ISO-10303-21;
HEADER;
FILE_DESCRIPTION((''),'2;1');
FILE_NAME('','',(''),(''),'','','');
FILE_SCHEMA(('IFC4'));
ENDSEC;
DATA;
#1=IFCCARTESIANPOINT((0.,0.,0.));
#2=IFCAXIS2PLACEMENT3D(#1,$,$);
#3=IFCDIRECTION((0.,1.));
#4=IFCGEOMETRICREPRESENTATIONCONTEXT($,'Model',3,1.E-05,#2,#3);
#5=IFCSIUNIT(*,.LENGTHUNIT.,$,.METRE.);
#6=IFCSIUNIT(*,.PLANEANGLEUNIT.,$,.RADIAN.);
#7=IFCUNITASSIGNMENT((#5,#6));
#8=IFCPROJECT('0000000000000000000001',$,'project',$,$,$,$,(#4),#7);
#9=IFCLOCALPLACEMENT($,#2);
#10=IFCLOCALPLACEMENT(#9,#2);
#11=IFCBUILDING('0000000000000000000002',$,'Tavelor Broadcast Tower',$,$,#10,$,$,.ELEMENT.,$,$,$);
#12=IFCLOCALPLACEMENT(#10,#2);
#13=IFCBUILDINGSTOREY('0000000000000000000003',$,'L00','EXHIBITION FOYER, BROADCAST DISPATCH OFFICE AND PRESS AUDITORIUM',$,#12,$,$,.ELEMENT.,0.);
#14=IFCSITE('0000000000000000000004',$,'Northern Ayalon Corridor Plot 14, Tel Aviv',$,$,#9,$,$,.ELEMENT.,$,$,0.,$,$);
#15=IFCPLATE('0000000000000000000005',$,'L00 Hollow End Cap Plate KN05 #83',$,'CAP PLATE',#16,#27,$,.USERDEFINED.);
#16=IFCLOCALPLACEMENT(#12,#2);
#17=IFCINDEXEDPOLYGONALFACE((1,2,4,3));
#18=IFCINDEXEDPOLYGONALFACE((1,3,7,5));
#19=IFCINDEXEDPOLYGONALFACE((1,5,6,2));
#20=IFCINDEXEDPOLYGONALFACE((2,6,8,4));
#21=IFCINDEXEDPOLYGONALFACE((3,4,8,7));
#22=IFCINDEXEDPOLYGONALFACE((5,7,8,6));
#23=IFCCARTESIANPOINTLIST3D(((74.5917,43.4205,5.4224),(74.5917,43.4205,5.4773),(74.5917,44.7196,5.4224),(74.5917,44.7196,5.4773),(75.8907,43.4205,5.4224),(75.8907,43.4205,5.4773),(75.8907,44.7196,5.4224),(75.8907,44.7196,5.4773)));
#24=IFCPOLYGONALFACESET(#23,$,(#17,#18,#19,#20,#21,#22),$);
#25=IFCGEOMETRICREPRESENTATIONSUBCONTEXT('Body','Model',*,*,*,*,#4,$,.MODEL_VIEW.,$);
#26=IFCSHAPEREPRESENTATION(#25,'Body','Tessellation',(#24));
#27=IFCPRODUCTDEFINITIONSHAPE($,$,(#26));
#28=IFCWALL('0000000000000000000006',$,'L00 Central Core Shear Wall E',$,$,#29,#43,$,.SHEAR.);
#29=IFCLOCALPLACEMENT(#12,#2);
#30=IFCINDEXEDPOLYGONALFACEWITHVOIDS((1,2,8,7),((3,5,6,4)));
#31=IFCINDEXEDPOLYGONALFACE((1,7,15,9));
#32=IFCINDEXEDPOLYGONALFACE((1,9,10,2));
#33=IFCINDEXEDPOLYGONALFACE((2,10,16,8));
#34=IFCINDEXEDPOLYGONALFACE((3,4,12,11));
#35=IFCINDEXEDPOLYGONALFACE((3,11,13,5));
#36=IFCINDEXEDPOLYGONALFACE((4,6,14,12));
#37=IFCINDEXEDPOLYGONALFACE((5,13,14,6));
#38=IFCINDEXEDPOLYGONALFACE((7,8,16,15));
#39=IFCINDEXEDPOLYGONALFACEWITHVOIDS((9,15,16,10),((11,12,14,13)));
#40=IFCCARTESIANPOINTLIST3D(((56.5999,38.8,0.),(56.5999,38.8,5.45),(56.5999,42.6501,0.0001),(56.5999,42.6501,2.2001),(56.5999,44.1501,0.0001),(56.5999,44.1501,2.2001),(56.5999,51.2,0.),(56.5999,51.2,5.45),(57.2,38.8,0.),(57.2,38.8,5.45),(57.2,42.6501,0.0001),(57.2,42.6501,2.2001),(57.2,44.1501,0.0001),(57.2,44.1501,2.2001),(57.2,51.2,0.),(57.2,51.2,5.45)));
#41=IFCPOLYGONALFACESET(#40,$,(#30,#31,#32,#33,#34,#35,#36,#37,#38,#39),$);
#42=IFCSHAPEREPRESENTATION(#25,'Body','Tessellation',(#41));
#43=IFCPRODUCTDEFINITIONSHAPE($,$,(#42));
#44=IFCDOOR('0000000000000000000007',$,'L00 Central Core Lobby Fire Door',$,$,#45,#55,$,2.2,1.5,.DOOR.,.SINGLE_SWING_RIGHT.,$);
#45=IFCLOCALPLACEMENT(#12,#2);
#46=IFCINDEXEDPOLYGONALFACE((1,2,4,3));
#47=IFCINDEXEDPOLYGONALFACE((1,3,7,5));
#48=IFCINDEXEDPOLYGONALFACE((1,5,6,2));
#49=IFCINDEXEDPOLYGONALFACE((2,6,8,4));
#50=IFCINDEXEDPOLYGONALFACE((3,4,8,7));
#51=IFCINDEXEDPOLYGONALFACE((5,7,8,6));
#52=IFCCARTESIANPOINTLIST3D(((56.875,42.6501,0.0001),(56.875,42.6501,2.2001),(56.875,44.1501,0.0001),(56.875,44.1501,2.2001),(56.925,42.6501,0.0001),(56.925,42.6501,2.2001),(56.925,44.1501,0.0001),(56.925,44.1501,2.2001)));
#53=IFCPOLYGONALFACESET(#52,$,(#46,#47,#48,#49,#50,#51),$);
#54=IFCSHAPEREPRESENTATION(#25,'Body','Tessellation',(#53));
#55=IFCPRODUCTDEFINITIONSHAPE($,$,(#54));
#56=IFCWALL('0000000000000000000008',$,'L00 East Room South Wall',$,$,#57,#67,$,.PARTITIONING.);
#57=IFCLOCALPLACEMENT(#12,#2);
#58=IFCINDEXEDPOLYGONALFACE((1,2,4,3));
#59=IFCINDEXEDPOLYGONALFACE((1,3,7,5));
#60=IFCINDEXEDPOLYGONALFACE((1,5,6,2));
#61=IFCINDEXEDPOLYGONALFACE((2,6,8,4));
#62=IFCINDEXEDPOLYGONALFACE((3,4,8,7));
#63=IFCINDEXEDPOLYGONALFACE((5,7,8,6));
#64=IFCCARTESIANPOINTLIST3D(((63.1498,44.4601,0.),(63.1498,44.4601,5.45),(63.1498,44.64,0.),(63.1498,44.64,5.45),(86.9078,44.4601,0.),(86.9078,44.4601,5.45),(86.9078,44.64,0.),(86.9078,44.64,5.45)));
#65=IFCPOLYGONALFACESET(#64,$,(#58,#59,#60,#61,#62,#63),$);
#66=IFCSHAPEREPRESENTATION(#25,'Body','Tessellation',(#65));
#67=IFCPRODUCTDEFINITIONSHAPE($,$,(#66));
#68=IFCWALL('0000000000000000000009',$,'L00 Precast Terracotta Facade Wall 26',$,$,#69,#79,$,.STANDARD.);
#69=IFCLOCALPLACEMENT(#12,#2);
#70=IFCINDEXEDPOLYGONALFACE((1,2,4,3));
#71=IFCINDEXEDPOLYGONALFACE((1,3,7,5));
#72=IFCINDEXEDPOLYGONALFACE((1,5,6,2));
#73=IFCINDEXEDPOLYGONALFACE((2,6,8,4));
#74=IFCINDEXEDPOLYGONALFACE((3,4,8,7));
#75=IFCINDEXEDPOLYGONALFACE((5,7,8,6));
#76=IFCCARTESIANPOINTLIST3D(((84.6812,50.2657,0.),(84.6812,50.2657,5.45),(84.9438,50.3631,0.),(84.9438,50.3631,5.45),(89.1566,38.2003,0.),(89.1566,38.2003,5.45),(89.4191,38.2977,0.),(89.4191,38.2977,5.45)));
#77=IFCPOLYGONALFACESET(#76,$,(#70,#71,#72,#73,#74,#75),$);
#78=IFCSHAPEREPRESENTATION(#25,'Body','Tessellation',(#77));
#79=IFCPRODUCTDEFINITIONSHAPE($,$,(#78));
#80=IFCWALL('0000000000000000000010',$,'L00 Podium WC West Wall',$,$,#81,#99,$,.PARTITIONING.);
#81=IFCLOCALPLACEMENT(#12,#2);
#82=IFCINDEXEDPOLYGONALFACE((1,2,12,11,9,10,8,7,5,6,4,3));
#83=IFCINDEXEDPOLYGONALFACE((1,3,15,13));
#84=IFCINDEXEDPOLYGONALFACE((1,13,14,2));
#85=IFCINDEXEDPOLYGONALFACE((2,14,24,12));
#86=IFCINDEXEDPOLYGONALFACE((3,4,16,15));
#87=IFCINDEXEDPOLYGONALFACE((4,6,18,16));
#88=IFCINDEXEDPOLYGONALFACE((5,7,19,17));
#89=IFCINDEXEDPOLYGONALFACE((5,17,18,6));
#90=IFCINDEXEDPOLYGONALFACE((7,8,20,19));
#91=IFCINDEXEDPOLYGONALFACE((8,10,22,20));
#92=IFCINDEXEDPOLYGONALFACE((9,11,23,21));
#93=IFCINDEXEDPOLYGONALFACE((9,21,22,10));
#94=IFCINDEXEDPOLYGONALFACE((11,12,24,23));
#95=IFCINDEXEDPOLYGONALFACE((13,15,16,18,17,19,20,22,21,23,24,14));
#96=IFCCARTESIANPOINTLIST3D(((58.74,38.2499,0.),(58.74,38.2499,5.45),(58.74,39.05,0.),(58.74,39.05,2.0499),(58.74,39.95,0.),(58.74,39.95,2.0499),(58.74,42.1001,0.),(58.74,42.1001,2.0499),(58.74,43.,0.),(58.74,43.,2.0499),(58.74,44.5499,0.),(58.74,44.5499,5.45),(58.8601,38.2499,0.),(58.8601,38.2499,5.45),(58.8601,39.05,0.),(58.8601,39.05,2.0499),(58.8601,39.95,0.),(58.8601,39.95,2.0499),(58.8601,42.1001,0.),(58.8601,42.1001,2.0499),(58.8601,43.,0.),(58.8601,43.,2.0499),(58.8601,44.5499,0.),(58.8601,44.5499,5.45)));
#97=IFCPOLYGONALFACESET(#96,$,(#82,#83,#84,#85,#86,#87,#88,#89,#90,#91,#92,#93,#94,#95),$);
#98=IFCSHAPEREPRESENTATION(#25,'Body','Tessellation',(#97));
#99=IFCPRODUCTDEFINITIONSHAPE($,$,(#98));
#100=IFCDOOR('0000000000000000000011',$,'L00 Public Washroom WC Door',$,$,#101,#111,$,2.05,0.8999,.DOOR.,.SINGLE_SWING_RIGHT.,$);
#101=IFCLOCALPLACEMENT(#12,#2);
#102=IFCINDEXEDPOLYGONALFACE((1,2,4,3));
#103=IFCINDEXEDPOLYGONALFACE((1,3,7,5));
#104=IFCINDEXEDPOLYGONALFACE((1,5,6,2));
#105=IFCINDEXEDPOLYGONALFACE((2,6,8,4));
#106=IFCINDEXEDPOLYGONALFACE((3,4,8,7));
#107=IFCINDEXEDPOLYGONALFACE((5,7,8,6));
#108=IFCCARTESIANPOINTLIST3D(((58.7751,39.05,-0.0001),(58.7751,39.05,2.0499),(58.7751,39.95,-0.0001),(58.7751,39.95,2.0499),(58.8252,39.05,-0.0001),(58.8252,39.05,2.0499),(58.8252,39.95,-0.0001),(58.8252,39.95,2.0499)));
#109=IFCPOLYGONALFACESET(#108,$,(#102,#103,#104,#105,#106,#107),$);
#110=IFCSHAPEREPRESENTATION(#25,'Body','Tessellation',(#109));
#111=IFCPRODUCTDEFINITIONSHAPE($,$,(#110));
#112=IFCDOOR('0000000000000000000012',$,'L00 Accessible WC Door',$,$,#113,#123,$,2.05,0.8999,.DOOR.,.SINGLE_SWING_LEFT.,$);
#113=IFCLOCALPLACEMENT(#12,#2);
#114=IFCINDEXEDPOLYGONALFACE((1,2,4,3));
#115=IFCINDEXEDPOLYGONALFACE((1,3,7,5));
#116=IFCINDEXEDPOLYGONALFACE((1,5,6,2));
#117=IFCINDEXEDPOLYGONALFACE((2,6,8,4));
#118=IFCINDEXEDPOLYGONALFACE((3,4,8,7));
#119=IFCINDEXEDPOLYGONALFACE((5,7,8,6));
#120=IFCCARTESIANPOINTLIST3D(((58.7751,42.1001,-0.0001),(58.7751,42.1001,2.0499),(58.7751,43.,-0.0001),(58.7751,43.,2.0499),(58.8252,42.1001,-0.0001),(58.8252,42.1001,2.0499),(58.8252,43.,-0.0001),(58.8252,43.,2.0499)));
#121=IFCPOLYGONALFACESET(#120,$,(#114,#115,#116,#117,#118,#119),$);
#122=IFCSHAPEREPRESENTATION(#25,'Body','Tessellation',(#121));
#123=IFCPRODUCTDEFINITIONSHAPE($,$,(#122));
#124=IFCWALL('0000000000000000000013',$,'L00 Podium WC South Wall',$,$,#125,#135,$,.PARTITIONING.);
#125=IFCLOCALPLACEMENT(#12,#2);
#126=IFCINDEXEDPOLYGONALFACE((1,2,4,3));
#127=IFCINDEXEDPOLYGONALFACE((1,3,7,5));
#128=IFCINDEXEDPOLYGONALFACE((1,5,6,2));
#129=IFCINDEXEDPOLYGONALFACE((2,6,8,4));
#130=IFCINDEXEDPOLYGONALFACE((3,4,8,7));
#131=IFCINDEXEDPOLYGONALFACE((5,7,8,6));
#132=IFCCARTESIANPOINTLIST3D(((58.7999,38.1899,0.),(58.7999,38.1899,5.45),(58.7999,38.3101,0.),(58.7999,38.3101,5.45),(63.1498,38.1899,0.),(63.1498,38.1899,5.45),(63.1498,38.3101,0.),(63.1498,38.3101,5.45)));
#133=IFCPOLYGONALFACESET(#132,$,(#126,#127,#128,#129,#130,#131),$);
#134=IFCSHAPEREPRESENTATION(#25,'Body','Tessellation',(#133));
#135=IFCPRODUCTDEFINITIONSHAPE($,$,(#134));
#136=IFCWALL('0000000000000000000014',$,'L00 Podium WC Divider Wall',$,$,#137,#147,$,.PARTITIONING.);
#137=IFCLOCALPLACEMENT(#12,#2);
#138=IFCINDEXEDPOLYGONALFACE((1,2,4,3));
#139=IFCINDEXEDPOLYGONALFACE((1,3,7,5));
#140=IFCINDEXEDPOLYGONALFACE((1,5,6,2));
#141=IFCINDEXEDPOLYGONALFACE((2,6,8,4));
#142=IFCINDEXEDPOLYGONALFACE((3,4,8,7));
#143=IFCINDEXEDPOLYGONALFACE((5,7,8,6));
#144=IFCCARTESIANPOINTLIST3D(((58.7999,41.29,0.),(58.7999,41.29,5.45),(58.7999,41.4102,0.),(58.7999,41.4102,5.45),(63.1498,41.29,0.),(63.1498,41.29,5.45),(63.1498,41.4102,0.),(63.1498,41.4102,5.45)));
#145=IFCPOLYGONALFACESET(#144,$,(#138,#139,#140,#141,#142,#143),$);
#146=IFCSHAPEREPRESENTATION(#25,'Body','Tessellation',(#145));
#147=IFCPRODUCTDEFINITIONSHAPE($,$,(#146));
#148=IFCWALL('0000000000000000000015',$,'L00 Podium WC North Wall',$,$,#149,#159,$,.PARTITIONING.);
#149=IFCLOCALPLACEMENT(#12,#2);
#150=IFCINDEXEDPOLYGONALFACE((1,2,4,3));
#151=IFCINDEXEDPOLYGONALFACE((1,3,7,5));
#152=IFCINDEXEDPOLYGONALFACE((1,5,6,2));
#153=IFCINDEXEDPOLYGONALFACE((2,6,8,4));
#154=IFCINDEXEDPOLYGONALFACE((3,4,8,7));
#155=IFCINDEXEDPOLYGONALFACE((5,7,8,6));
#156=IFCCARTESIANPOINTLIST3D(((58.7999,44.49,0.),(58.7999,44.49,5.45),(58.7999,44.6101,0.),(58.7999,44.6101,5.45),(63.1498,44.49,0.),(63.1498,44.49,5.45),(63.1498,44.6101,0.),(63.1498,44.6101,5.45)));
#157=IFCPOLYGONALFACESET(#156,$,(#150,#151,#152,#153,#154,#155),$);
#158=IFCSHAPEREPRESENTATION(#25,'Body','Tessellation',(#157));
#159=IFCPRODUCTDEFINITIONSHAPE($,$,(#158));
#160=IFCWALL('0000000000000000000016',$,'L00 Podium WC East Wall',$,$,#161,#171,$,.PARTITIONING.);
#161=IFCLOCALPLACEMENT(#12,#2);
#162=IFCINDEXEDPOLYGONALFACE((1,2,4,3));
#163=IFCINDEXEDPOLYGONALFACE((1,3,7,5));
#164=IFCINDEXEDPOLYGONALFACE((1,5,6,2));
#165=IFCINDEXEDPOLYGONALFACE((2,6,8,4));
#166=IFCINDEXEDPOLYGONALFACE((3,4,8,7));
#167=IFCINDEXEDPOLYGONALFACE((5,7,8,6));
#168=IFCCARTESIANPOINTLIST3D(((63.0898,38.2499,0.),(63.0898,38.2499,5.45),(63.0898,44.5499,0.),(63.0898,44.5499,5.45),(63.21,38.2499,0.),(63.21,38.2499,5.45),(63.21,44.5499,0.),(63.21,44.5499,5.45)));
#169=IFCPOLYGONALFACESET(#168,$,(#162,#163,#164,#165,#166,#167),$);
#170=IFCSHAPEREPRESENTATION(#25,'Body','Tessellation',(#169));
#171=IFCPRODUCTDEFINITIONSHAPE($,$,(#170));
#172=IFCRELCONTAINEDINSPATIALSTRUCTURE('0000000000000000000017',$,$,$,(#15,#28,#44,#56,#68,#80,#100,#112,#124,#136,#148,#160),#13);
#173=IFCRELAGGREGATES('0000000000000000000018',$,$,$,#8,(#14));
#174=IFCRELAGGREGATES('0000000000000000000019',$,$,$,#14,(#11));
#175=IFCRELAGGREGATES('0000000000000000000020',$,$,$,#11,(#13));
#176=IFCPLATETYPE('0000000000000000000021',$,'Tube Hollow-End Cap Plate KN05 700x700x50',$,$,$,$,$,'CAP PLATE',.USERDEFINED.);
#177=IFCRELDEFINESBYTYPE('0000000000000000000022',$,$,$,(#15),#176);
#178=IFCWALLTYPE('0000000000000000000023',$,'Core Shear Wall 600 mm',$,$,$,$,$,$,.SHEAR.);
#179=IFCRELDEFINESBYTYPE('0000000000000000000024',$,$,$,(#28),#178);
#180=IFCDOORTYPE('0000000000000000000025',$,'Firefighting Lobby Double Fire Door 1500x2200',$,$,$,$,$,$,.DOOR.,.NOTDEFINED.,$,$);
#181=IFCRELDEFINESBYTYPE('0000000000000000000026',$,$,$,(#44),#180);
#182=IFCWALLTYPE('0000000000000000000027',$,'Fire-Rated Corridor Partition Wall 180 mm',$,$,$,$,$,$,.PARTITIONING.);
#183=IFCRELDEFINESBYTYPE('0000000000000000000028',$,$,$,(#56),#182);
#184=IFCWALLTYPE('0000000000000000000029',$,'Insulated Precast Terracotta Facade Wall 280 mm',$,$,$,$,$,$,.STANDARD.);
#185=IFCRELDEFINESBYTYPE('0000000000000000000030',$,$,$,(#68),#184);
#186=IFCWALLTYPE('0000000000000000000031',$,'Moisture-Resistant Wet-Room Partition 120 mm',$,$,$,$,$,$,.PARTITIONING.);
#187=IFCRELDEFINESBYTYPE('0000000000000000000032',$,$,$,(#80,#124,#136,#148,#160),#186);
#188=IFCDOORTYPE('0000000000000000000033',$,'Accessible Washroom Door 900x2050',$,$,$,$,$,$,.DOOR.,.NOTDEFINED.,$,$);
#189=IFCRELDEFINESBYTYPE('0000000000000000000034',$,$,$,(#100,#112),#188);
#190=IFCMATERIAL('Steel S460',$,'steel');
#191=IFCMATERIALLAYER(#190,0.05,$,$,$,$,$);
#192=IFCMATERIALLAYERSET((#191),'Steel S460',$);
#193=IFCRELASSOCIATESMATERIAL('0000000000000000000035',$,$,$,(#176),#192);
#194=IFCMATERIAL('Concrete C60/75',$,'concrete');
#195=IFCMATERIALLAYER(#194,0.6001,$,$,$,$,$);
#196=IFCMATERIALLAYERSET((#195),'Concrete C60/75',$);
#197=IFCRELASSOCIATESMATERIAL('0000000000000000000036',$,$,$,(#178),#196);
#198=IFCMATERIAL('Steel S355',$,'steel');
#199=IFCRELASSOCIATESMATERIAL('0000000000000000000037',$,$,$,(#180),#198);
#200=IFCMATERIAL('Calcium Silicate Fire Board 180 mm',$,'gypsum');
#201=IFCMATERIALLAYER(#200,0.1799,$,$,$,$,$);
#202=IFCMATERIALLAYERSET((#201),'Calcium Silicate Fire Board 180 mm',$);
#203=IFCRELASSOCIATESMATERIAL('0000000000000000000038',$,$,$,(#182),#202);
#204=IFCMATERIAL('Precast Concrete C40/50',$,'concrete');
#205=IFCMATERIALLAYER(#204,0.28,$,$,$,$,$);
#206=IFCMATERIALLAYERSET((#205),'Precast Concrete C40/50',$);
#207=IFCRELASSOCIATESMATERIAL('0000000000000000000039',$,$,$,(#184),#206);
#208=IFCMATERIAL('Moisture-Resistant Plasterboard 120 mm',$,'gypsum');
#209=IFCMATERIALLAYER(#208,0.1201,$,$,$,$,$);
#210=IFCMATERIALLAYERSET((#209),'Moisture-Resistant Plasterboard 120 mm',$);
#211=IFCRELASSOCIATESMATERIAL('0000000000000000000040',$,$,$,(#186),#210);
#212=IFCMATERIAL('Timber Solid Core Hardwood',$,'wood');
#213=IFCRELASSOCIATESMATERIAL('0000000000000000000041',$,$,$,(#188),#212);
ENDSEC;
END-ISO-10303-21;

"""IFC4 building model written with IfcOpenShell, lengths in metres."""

from ifc_helpers import new_model, si_unit, direction, frame, frame_2d, origin, origin_2d, place, context, subcontext, project, spatial, rectangle, extrude, source, transform, mapped, material, layer, layer_set, type_object, type_shapes, element, fill, save


model = new_model("IFC4")

# Units and contexts
model_context = context("Model", 3, precision=1e-05, world=origin(), true_north=direction((0.0, 1.0)))
body_context = subcontext(model_context, "Body", "Model", "MODEL_VIEW")
ifc_project = project(units=[si_unit("LENGTHUNIT", "METRE"), si_unit("PLANEANGLEUNIT", "RADIAN")], contexts=[model_context])

# Site, building, storey
site_placement = place(None, origin())
site = spatial("IfcSite", under=ifc_project, at=site_placement, Name="Northern Ayalon Corridor Plot 14, Tel Aviv", CompositionType="ELEMENT", RefElevation=0.0)
building_placement = place(site_placement, origin())
building = spatial("IfcBuilding", under=site, at=building_placement, Name="Tavelor Broadcast Tower", CompositionType="ELEMENT")
storey_placement = place(building_placement, origin())
storey = spatial("IfcBuildingStorey", under=building, at=storey_placement, Name="L00", Description="EXHIBITION FOYER, BROADCAST DISPATCH OFFICE AND PRESS AUDITORIUM", CompositionType="ELEMENT", Elevation=0.0)

# Shared definitions
ifc_material_1 = material(Name="Concrete C60/75", Category="concrete")
ifc_material_2 = material(Name="Steel S460", Category="steel")

# Shared definitions
ifc_material_3 = material(Name="Steel S355", Category="steel")

# Plate
ifc_layer_1 = layer(ifc_material_2, 0.05)
ifc_layer_set_1 = layer_set([ifc_layer_1], Name="Steel S460")
plate_type = type_object("IfcPlateType", Name="Tube Hollow-End Cap Plate KN05 700x700x50", ElementType="CAP PLATE", PredefinedType="USERDEFINED", material=ifc_layer_set_1)
shared_shape = source(origin(), body_context, "Body", "SweptSolid", [
    extrude(rectangle(XDim=1.2991, YDim=1.2991, at=origin_2d()), origin(), (0.0, 0.0, 1.0), 0.0549),
])
type_shapes(plate_type, [shared_shape])
for number, where, z_axis, x_axis, name in (
    (1, (75.2412, 44.0701, 5.4224), (0.0, 0.0, 1.0), (1.0, 0.0, 0.0), "L00 Hollow End Cap Plate KN05 #83"),
):
    element("IfcPlate", number, at=place(storey_placement, frame(where, z_axis=z_axis, x_axis=x_axis)), inside=storey, type_object=plate_type, Name=name, ObjectType="CAP PLATE", PredefinedType="USERDEFINED", context=body_context, shape_type="MappedRepresentation", body=[
        mapped(shared_shape, transform((0.0, 0.0, 0.0), scale=1.0)),
    ])

# Wall, opening, door
ifc_layer_2 = layer(ifc_material_1, 0.6001)
ifc_layer_set_2 = layer_set([ifc_layer_2], Name="Concrete C60/75")
wall_type_1 = type_object("IfcWallType", Name="Core Shear Wall 600 mm", PredefinedType="SHEAR", material=ifc_layer_set_2)
wall_1_placement = place(storey_placement, frame((56.8999, 38.8, 0.0), z_axis=(0.0, 0.0, 1.0), x_axis=(0.0, 1.0, 0.0)))
wall_1 = element("IfcWall", 2, at=wall_1_placement, inside=storey, type_object=wall_type_1, Name="L00 Central Core Shear Wall E", PredefinedType="SHEAR", context=body_context, shape_type="SweptSolid", body=[
    extrude(rectangle(XDim=12.3999, YDim=0.6001, at=frame_2d((6.2, 0.0))), origin(), (0.0, 0.0, 1.0), 5.45),
])
opening_1_placement = place(wall_1_placement, frame((3.8501, 0.0, 0.0)))
opening_1 = element("IfcOpeningElement", 3, at=opening_1_placement, cuts=wall_1, PredefinedType="OPENING", context=body_context, shape_type="SweptSolid", body=[
    extrude(rectangle(XDim=1.5, YDim=2.2, at=frame_2d((0.75, 1.1001))), frame((0.0, 0.3101, 0.0), z_axis=(0.0, -1.0, 0.0), x_axis=(1.0, 0.0, 0.0)), (0.0, 0.0, 1.0), 0.6201),
])
door_type_1 = type_object("IfcDoorType", Name="Firefighting Lobby Double Fire Door 1500x2200", OperationType="NOTDEFINED", PredefinedType="DOOR", material=ifc_material_3)
door_1_placement = place(opening_1_placement, origin())
door_1 = element("IfcDoor", 4, at=door_1_placement, inside=storey, type_object=door_type_1, Name="L00 Central Core Lobby Fire Door", OperationType="SINGLE_SWING_RIGHT", OverallHeight=2.2, OverallWidth=1.5, PredefinedType="DOOR", context=body_context, shape_type="SweptSolid", body=[
    extrude(rectangle(XDim=1.5, YDim=2.2, at=frame_2d((0.75, 1.1001))), frame((0.0, 0.0249, 0.0), z_axis=(0.0, -1.0, 0.0), x_axis=(1.0, 0.0, 0.0)), (0.0, 0.0, 1.0), 0.05),
])
fill(opening_1, door_1)

# Walls
ifc_material_4 = material(Name="Calcium Silicate Fire Board 180 mm", Category="gypsum")
ifc_layer_3 = layer(ifc_material_4, 0.1799)
ifc_layer_set_3 = layer_set([ifc_layer_3], Name="Calcium Silicate Fire Board 180 mm")
wall_type_2 = type_object("IfcWallType", Name="Fire-Rated Corridor Partition Wall 180 mm", PredefinedType="PARTITIONING", material=ifc_layer_set_3)
wall_2_placement = place(storey_placement, frame((63.1499, 44.55, 0.0), z_axis=(0.0, 0.0, 1.0), x_axis=(1.0, 0.0, 0.0)))
element("IfcWall", 5, at=wall_2_placement, inside=storey, type_object=wall_type_2, Name="L00 East Room South Wall", PredefinedType="PARTITIONING", context=body_context, shape_type="SweptSolid", body=[
    extrude(rectangle(XDim=23.7581, YDim=0.1799, at=frame_2d((11.8789, 0.0))), origin(), (0.0, 0.0, 1.0), 5.45),
])
ifc_material_5 = material(Name="Precast Concrete C40/50", Category="concrete")
ifc_layer_4 = layer(ifc_material_5, 0.28)
ifc_layer_set_4 = layer_set([ifc_layer_4], Name="Precast Concrete C40/50")
wall_type_3 = type_object("IfcWallType", Name="Insulated Precast Terracotta Facade Wall 280 mm", PredefinedType="STANDARD", material=ifc_layer_set_4)
wall_3_placement = place(storey_placement, frame((89.2878, 38.249, 0.0), z_axis=(0.0, 0.0, 1.0), x_axis=(-0.34777, 0.93758, 0.0)))
element("IfcWall", 6, at=wall_3_placement, inside=storey, type_object=wall_type_3, Name="L00 Precast Terracotta Facade Wall 26", PredefinedType="STANDARD", context=body_context, shape_type="SweptSolid", body=[
    extrude(rectangle(XDim=12.8687, YDim=0.28, at=frame_2d((6.4343, 0.0))), origin(), (0.0, 0.0, 1.0), 5.45),
])

# Wall, openings, doors
ifc_material_6 = material(Name="Moisture-Resistant Plasterboard 120 mm", Category="gypsum")
ifc_layer_5 = layer(ifc_material_6, 0.1201)
ifc_layer_set_5 = layer_set([ifc_layer_5], Name="Moisture-Resistant Plasterboard 120 mm")
wall_type_4 = type_object("IfcWallType", Name="Moisture-Resistant Wet-Room Partition 120 mm", PredefinedType="PARTITIONING", material=ifc_layer_set_5)
wall_4_placement = place(storey_placement, frame((58.8, 38.25, 0.0), z_axis=(0.0, 0.0, 1.0), x_axis=(0.0, 1.0, 0.0)))
wall_4 = element("IfcWall", 7, at=wall_4_placement, inside=storey, type_object=wall_type_4, Name="L00 Podium WC West Wall", PredefinedType="PARTITIONING", context=body_context, shape_type="SweptSolid", body=[
    extrude(rectangle(XDim=6.3, YDim=0.1201, at=frame_2d((3.1499, 0.0))), origin(), (0.0, 0.0, 1.0), 5.45),
])
opening_2_placement = place(wall_4_placement, frame((0.8, 0.0, 0.0)))
opening_2 = element("IfcOpeningElement", 8, at=opening_2_placement, cuts=wall_4, PredefinedType="OPENING", context=body_context, shape_type="SweptSolid", body=[
    extrude(rectangle(XDim=0.8999, YDim=2.05, at=frame_2d((0.45, 1.0249))), frame((0.0, 0.0701, 0.0), z_axis=(0.0, -1.0, 0.0), x_axis=(1.0, 0.0, 0.0)), (0.0, 0.0, 1.0), 0.1401),
])
opening_3_placement = place(wall_4_placement, frame((3.8501, 0.0, 0.0)))
opening_3 = element("IfcOpeningElement", 9, at=opening_3_placement, cuts=wall_4, PredefinedType="OPENING", context=body_context, shape_type="SweptSolid", body=[
    extrude(rectangle(XDim=0.8999, YDim=2.05, at=frame_2d((0.45, 1.0249))), frame((0.0, 0.0701, 0.0), z_axis=(0.0, -1.0, 0.0), x_axis=(1.0, 0.0, 0.0)), (0.0, 0.0, 1.0), 0.1401),
])
ifc_material_7 = material(Name="Timber Solid Core Hardwood", Category="wood")
door_type_2 = type_object("IfcDoorType", Name="Accessible Washroom Door 900x2050", OperationType="NOTDEFINED", PredefinedType="DOOR", material=ifc_material_7)
door_2_placement = place(opening_2_placement, origin())
door_2 = element("IfcDoor", 10, at=door_2_placement, inside=storey, type_object=door_type_2, Name="L00 Public Washroom WC Door", OperationType="SINGLE_SWING_RIGHT", OverallHeight=2.05, OverallWidth=0.8999, PredefinedType="DOOR", context=body_context, shape_type="SweptSolid", body=[
    extrude(rectangle(XDim=0.8999, YDim=2.05, at=frame_2d((0.45, 1.0249))), frame((0.0, 0.0249, 0.0), z_axis=(0.0, -1.0, 0.0), x_axis=(1.0, 0.0, 0.0)), (0.0, 0.0, 1.0), 0.05),
])
fill(opening_2, door_2)
door_3_placement = place(opening_3_placement, origin())
door_3 = element("IfcDoor", 11, at=door_3_placement, inside=storey, type_object=door_type_2, Name="L00 Accessible WC Door", OperationType="SINGLE_SWING_LEFT", OverallHeight=2.05, OverallWidth=0.8999, PredefinedType="DOOR", context=body_context, shape_type="SweptSolid", body=[
    extrude(rectangle(XDim=0.8999, YDim=2.05, at=frame_2d((0.45, 1.0249))), frame((0.0, 0.0249, 0.0), z_axis=(0.0, -1.0, 0.0), x_axis=(1.0, 0.0, 0.0)), (0.0, 0.0, 1.0), 0.05),
])
fill(opening_3, door_3)

# Walls
for number, where, z_axis, x_axis, name in (
    (12, (58.8, 38.25, 0.0), (0.0, 0.0, 1.0), (1.0, 0.0, 0.0), "L00 Podium WC South Wall"),
    (13, (58.8, 41.3501, 0.0), (0.0, 0.0, 1.0), (1.0, 0.0, 0.0), "L00 Podium WC Divider Wall"),
    (14, (58.8, 44.55, 0.0), (0.0, 0.0, 1.0), (1.0, 0.0, 0.0), "L00 Podium WC North Wall"),
):
    element("IfcWall", number, at=place(storey_placement, frame(where, z_axis=z_axis, x_axis=x_axis)), inside=storey, type_object=wall_type_4, Name=name, PredefinedType="PARTITIONING", context=body_context, shape_type="SweptSolid", body=[
        extrude(rectangle(XDim=4.3499, YDim=0.1201, at=frame_2d((2.1748, 0.0))), origin(), (0.0, 0.0, 1.0), 5.45),
    ])
wall_5_placement = place(storey_placement, frame((63.1499, 38.25, 0.0), z_axis=(0.0, 0.0, 1.0), x_axis=(0.0, 1.0, 0.0)))
element("IfcWall", 15, at=wall_5_placement, inside=storey, type_object=wall_type_4, Name="L00 Podium WC East Wall", PredefinedType="PARTITIONING", context=body_context, shape_type="SweptSolid", body=[
    extrude(rectangle(XDim=6.3, YDim=0.1201, at=frame_2d((3.1499, 0.0))), origin(), (0.0, 0.0, 1.0), 5.45),
])

save(model, "model.ifc")
